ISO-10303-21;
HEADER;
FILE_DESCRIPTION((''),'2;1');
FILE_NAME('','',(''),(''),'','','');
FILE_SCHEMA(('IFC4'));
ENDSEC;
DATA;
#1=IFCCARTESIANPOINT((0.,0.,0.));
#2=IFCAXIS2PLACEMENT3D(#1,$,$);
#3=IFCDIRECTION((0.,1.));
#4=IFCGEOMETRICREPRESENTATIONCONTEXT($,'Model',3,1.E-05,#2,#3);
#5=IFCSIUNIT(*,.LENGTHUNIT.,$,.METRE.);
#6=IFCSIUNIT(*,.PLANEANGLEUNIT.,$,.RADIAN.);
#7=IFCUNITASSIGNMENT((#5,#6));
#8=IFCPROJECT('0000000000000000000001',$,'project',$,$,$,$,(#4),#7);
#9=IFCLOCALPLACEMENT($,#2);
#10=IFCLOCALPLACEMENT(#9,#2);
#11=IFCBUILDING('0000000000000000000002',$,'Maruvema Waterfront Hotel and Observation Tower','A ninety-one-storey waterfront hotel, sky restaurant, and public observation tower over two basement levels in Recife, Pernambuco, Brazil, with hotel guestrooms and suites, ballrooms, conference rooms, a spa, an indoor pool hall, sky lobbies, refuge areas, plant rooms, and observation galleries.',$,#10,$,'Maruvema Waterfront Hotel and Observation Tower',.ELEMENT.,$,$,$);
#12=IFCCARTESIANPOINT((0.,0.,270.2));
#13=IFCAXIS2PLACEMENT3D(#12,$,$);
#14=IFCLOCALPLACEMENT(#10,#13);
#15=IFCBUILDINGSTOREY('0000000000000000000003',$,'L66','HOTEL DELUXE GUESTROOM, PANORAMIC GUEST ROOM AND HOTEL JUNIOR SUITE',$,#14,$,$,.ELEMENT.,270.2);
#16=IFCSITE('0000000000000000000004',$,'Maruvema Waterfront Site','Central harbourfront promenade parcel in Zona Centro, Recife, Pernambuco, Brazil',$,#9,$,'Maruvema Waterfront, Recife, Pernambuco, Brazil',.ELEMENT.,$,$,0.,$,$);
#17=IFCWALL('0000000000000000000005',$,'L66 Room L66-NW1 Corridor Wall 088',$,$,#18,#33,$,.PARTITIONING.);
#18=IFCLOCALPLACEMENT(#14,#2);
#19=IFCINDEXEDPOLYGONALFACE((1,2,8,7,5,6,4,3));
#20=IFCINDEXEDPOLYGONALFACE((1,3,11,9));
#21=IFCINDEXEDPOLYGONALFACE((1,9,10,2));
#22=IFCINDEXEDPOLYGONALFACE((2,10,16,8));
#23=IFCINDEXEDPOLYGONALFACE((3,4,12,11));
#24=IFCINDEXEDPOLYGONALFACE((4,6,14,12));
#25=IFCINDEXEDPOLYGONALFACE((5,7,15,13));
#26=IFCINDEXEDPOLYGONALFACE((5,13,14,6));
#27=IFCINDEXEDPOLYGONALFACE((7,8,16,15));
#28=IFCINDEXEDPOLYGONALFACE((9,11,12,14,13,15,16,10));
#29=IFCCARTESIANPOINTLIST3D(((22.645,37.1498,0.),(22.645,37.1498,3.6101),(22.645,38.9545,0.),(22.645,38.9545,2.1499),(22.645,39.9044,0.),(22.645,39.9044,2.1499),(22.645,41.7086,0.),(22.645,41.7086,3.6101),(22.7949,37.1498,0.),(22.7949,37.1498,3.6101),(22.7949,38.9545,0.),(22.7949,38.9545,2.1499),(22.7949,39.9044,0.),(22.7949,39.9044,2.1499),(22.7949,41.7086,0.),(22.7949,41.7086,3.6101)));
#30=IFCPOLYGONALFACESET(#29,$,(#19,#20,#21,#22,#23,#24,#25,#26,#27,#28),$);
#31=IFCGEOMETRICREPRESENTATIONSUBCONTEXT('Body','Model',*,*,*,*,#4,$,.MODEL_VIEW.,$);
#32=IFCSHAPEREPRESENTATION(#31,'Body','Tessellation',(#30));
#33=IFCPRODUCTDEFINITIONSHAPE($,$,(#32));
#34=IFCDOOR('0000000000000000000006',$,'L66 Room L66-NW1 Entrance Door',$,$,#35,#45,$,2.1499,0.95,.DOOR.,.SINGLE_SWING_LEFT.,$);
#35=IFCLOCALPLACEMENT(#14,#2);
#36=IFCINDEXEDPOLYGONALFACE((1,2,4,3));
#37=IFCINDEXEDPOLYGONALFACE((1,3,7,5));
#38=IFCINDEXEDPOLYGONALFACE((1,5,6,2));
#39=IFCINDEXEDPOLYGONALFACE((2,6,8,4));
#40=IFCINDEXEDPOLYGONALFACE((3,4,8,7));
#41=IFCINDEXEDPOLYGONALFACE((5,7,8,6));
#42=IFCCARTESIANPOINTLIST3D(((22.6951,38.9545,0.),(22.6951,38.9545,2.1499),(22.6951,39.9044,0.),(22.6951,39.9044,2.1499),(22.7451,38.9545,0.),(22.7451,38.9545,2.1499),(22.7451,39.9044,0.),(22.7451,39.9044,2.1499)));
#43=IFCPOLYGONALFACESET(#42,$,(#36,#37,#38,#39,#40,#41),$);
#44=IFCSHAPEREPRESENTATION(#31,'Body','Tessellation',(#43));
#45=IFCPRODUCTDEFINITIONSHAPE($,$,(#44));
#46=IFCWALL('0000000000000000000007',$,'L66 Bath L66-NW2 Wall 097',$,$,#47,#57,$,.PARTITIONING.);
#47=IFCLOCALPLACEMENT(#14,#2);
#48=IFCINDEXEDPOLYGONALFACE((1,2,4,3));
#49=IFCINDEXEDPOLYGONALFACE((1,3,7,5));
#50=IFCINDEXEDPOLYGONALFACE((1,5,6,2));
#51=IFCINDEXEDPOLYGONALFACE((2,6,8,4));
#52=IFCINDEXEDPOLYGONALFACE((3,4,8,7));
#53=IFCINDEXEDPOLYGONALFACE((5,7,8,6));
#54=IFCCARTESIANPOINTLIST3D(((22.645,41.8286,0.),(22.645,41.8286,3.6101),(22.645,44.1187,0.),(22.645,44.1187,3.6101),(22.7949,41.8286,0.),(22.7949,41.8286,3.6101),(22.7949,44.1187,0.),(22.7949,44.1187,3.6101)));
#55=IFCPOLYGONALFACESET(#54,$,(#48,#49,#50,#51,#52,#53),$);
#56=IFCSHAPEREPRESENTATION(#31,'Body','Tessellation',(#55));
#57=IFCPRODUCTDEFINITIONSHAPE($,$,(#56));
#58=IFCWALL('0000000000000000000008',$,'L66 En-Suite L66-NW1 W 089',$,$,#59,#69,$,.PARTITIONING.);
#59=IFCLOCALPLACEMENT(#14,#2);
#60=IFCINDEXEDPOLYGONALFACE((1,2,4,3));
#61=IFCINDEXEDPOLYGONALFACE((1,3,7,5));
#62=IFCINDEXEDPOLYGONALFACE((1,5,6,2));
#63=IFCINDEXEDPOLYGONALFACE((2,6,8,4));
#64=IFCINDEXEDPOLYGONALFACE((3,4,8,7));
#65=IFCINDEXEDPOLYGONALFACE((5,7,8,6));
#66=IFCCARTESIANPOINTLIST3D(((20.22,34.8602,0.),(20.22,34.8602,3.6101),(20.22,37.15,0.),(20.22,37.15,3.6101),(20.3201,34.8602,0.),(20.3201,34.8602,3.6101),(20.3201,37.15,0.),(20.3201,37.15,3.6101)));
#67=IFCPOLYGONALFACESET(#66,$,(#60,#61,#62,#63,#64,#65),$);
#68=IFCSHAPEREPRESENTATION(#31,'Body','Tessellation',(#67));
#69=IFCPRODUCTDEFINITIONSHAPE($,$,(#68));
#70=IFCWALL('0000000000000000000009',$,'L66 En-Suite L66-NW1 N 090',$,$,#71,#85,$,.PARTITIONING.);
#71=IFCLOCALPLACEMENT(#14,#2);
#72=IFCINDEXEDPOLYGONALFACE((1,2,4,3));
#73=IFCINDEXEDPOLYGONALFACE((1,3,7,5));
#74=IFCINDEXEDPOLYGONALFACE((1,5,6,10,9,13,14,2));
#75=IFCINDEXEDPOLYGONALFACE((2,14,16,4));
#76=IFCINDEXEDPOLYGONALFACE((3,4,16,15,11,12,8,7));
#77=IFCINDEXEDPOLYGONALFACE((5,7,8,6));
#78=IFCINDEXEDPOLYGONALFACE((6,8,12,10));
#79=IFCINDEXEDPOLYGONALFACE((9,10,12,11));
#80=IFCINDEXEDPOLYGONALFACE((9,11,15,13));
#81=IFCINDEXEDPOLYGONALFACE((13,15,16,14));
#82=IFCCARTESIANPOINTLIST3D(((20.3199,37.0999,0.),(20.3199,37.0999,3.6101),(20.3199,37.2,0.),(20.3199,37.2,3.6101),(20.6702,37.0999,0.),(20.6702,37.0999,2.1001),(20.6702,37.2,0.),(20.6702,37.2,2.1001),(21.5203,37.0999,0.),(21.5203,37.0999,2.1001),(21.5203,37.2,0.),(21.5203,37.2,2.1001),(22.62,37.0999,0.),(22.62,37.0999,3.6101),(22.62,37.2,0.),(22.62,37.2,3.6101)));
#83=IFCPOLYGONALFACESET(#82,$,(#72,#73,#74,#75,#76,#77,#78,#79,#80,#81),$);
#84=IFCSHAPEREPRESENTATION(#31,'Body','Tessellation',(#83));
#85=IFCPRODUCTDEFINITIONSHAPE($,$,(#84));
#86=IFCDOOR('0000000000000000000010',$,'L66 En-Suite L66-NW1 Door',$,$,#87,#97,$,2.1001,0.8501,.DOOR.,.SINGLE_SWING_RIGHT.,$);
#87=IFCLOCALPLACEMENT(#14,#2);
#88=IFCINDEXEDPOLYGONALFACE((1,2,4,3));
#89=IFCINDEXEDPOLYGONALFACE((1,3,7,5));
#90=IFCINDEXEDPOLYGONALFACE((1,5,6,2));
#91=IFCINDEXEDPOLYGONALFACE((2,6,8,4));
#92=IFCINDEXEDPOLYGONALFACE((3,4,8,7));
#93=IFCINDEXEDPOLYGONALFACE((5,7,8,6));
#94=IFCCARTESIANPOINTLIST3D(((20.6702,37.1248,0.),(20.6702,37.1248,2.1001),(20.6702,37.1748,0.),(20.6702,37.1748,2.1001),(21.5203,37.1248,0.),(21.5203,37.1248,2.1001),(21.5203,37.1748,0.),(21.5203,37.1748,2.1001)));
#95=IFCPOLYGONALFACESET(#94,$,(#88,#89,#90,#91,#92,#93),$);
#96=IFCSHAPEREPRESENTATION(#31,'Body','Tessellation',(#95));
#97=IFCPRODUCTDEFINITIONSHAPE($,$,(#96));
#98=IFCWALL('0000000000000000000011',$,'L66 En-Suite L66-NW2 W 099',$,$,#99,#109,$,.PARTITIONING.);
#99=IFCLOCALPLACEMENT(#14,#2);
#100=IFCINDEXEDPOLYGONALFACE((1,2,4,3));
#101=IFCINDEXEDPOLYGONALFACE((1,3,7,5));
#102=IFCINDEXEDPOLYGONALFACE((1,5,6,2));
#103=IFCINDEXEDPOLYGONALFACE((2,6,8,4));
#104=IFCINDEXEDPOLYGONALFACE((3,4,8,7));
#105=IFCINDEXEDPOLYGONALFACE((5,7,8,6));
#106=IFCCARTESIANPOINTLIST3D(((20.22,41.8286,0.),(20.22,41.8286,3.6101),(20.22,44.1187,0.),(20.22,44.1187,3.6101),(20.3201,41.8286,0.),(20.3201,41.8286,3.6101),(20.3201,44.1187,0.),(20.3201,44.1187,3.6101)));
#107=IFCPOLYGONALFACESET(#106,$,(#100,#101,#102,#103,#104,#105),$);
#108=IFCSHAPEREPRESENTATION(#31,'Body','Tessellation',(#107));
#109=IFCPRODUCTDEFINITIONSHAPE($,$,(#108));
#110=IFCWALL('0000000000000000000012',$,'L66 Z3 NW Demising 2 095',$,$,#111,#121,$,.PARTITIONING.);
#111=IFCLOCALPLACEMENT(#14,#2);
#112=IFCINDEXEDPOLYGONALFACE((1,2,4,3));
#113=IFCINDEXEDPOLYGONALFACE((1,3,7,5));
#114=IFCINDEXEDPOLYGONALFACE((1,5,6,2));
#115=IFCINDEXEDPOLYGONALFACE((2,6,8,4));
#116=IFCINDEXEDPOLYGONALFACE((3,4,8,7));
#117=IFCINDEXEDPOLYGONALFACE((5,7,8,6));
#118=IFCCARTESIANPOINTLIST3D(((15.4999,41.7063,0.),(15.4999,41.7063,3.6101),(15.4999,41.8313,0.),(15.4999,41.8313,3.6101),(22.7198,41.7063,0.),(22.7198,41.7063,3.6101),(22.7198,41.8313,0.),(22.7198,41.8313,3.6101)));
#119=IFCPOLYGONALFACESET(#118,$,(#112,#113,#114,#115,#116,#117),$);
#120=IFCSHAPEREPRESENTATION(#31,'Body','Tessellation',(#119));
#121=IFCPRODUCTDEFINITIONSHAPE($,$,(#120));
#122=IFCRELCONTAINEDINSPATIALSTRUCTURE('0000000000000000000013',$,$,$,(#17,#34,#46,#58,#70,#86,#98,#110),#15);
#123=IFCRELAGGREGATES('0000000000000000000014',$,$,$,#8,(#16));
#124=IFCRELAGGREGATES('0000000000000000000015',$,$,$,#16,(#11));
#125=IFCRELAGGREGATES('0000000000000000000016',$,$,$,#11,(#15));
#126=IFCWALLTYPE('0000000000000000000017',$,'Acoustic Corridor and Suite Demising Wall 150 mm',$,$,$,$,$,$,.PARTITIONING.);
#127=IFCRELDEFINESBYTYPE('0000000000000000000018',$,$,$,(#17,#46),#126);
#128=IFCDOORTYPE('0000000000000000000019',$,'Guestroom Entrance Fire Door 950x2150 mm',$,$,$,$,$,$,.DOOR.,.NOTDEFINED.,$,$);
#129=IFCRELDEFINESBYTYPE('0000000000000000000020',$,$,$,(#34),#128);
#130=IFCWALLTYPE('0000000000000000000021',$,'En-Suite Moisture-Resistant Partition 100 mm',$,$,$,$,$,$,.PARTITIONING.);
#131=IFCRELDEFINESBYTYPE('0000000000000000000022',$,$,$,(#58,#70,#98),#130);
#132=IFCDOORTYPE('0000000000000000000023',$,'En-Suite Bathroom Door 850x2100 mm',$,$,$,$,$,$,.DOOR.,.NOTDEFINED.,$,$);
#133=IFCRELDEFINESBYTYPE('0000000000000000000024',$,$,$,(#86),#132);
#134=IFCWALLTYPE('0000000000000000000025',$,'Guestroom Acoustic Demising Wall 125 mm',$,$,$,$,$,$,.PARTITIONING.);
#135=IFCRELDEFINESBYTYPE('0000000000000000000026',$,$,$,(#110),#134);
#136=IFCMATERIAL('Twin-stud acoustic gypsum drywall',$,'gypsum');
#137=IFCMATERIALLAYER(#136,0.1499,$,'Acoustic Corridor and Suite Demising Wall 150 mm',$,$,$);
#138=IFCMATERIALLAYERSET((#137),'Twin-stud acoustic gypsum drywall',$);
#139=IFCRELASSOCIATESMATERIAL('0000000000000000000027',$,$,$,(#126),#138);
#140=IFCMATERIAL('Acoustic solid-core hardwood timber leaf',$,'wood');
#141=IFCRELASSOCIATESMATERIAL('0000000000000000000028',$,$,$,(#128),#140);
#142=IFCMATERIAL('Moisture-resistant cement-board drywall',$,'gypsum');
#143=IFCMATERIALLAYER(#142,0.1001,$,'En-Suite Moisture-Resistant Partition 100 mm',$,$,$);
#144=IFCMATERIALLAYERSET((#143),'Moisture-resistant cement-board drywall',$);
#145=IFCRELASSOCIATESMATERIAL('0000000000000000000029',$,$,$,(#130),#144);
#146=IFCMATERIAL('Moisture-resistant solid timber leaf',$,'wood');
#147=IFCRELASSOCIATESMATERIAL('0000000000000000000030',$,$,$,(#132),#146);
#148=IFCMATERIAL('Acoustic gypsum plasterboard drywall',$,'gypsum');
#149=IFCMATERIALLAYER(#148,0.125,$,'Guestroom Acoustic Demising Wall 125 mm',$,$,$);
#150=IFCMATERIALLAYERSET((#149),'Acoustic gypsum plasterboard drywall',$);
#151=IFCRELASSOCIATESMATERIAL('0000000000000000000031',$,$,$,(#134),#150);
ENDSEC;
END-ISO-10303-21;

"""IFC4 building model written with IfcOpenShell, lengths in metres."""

from ifc_helpers import new_model, si_unit, direction, frame, frame_2d, origin, place, context, subcontext, project, spatial, rectangle, extrude, material, layer, layer_set, type_object, element, fill, save


model = new_model("IFC4")

# Units and contexts
model_context = context("Model", 3, precision=1e-05, world=origin(), true_north=direction((0.0, 1.0)))
body_context = subcontext(model_context, "Body", "Model", "MODEL_VIEW")
ifc_project = project(units=[si_unit("LENGTHUNIT", "METRE"), si_unit("PLANEANGLEUNIT", "RADIAN")], contexts=[model_context])

# Site, building, storey
site_placement = place(None, origin())
site = spatial("IfcSite", under=ifc_project, at=site_placement, Name="Maruvema Waterfront Site", Description="Central harbourfront promenade parcel in Zona Centro, Recife, Pernambuco, Brazil", LongName="Maruvema Waterfront, Recife, Pernambuco, Brazil", CompositionType="ELEMENT", RefElevation=0.0)
building_placement = place(site_placement, origin())
building = spatial("IfcBuilding", under=site, at=building_placement, Name="Maruvema Waterfront Hotel and Observation Tower", Description="A ninety-one-storey waterfront hotel, sky restaurant, and public observation tower over two basement levels in Recife, Pernambuco, Brazil, with hotel guestrooms and suites, ballrooms, conference rooms, a spa, an indoor pool hall, sky lobbies, refuge areas, plant rooms, and observation galleries.", LongName="Maruvema Waterfront Hotel and Observation Tower", CompositionType="ELEMENT")
storey_placement = place(building_placement, frame((0.0, 0.0, 270.2)))
storey = spatial("IfcBuildingStorey", under=building, at=storey_placement, Name="L66", Description="HOTEL DELUXE GUESTROOM, PANORAMIC GUEST ROOM AND HOTEL JUNIOR SUITE", CompositionType="ELEMENT", Elevation=270.2)

# Shared definitions
ifc_material_1 = material(Name="Twin-stud acoustic gypsum drywall", Category="gypsum")
ifc_layer_1 = layer(ifc_material_1, 0.1499, Name="Acoustic Corridor and Suite Demising Wall 150 mm")
ifc_layer_set_1 = layer_set([ifc_layer_1], Name="Twin-stud acoustic gypsum drywall")
wall_type_1 = type_object("IfcWallType", Name="Acoustic Corridor and Suite Demising Wall 150 mm", PredefinedType="PARTITIONING", material=ifc_layer_set_1)

# Wall, opening, door
wall_1_placement = place(storey_placement, frame((22.72, 37.1499, 0.0), z_axis=(0.0, 0.0, 1.0), x_axis=(0.0, 1.0, 0.0)))
wall_1 = element("IfcWall", 1, at=wall_1_placement, inside=storey, type_object=wall_type_1, Name="L66 Room L66-NW1 Corridor Wall 088", PredefinedType="PARTITIONING", context=body_context, shape_type="SweptSolid", body=[
    extrude(rectangle(XDim=4.5588, YDim=0.1499, at=frame_2d((2.2793, 0.0))), origin(), (0.0, 0.0, 1.0), 3.6101),
])
opening_1_placement = place(wall_1_placement, frame((1.8044, 0.0, 0.0)))
opening_1 = element("IfcOpeningElement", 2, at=opening_1_placement, cuts=wall_1, PredefinedType="OPENING", context=body_context, shape_type="SweptSolid", body=[
    extrude(rectangle(XDim=0.95, YDim=2.1499, at=frame_2d((0.4751, 1.075))), frame((0.0, 0.085, 0.0), z_axis=(0.0, -1.0, 0.0), x_axis=(1.0, 0.0, 0.0)), (0.0, 0.0, 1.0), 0.1699),
])
ifc_material_2 = material(Name="Acoustic solid-core hardwood timber leaf", Category="wood")
door_type_1 = type_object("IfcDoorType", Name="Guestroom Entrance Fire Door 950x2150 mm", OperationType="NOTDEFINED", PredefinedType="DOOR", material=ifc_material_2)
door_1_placement = place(opening_1_placement, origin())
door_1 = element("IfcDoor", 3, at=door_1_placement, inside=storey, type_object=door_type_1, Name="L66 Room L66-NW1 Entrance Door", OperationType="SINGLE_SWING_LEFT", OverallHeight=2.1499, OverallWidth=0.95, PredefinedType="DOOR", context=body_context, shape_type="SweptSolid", body=[
    extrude(rectangle(XDim=0.95, YDim=2.1499, at=frame_2d((0.4751, 1.075))), frame((0.0, 0.0249, 0.0), z_axis=(0.0, -1.0, 0.0), x_axis=(1.0, 0.0, 0.0)), (0.0, 0.0, 1.0), 0.05),
])
fill(opening_1, door_1)

# Wall
wall_2_placement = place(storey_placement, frame((22.72, 41.8286, 0.0), z_axis=(0.0, 0.0, 1.0), x_axis=(0.0, 1.0, 0.0)))
element("IfcWall", 4, at=wall_2_placement, inside=storey, type_object=wall_type_1, Name="L66 Bath L66-NW2 Wall 097", PredefinedType="PARTITIONING", context=body_context, shape_type="SweptSolid", body=[
    extrude(rectangle(XDim=2.29, YDim=0.1499, at=frame_2d((1.145, 0.0))), origin(), (0.0, 0.0, 1.0), 3.6101),
])

# Wall
ifc_material_3 = material(Name="Moisture-resistant cement-board drywall", Category="gypsum")
ifc_layer_2 = layer(ifc_material_3, 0.1001, Name="En-Suite Moisture-Resistant Partition 100 mm")
ifc_layer_set_2 = layer_set([ifc_layer_2], Name="Moisture-resistant cement-board drywall")
wall_type_2 = type_object("IfcWallType", Name="En-Suite Moisture-Resistant Partition 100 mm", PredefinedType="PARTITIONING", material=ifc_layer_set_2)
wall_3_placement = place(storey_placement, frame((20.27, 34.8601, 0.0), z_axis=(0.0, 0.0, 1.0), x_axis=(0.0, 1.0, 0.0)))
element("IfcWall", 5, at=wall_3_placement, inside=storey, type_object=wall_type_2, Name="L66 En-Suite L66-NW1 W 089", PredefinedType="PARTITIONING", context=body_context, shape_type="SweptSolid", body=[
    extrude(rectangle(XDim=2.2898, YDim=0.1001, at=frame_2d((1.145, 0.0))), origin(), (0.0, 0.0, 1.0), 3.6101),
])

# Wall, opening, door
wall_4_placement = place(storey_placement, frame((20.3201, 37.1499, 0.0), z_axis=(0.0, 0.0, 1.0), x_axis=(1.0, 0.0, 0.0)))
wall_4 = element("IfcWall", 6, at=wall_4_placement, inside=storey, type_object=wall_type_2, Name="L66 En-Suite L66-NW1 N 090", PredefinedType="PARTITIONING", context=body_context, shape_type="SweptSolid", body=[
    extrude(rectangle(XDim=2.3, YDim=0.1001, at=frame_2d((1.1499, 0.0))), origin(), (0.0, 0.0, 1.0), 3.6101),
])
opening_2_placement = place(wall_4_placement, frame((0.3501, 0.0, 0.0)))
opening_2 = element("IfcOpeningElement", 7, at=opening_2_placement, cuts=wall_4, PredefinedType="OPENING", context=body_context, shape_type="SweptSolid", body=[
    extrude(rectangle(XDim=0.8501, YDim=2.1001, at=frame_2d((0.425, 1.05))), frame((0.0, 0.0601, 0.0), z_axis=(0.0, -1.0, 0.0), x_axis=(1.0, 0.0, 0.0)), (0.0, 0.0, 1.0), 0.1201),
])
ifc_material_4 = material(Name="Moisture-resistant solid timber leaf", Category="wood")
door_type_2 = type_object("IfcDoorType", Name="En-Suite Bathroom Door 850x2100 mm", OperationType="NOTDEFINED", PredefinedType="DOOR", material=ifc_material_4)
door_2_placement = place(opening_2_placement, origin())
door_2 = element("IfcDoor", 8, at=door_2_placement, inside=storey, type_object=door_type_2, Name="L66 En-Suite L66-NW1 Door", OperationType="SINGLE_SWING_RIGHT", OverallHeight=2.1001, OverallWidth=0.8501, PredefinedType="DOOR", context=body_context, shape_type="SweptSolid", body=[
    extrude(rectangle(XDim=0.8501, YDim=2.1001, at=frame_2d((0.425, 1.05))), frame((0.0, 0.0249, 0.0), z_axis=(0.0, -1.0, 0.0), x_axis=(1.0, 0.0, 0.0)), (0.0, 0.0, 1.0), 0.05),
])
fill(opening_2, door_2)

# Walls
wall_5_placement = place(storey_placement, frame((20.27, 41.8286, 0.0), z_axis=(0.0, 0.0, 1.0), x_axis=(0.0, 1.0, 0.0)))
element("IfcWall", 9, at=wall_5_placement, inside=storey, type_object=wall_type_2, Name="L66 En-Suite L66-NW2 W 099", PredefinedType="PARTITIONING", context=body_context, shape_type="SweptSolid", body=[
    extrude(rectangle(XDim=2.29, YDim=0.1001, at=frame_2d((1.145, 0.0))), origin(), (0.0, 0.0, 1.0), 3.6101),
])
ifc_material_5 = material(Name="Acoustic gypsum plasterboard drywall", Category="gypsum")
ifc_layer_3 = layer(ifc_material_5, 0.125, Name="Guestroom Acoustic Demising Wall 125 mm")
ifc_layer_set_3 = layer_set([ifc_layer_3], Name="Acoustic gypsum plasterboard drywall")
wall_type_3 = type_object("IfcWallType", Name="Guestroom Acoustic Demising Wall 125 mm", PredefinedType="PARTITIONING", material=ifc_layer_set_3)
wall_6_placement = place(storey_placement, frame((15.5, 41.7688, 0.0), z_axis=(0.0, 0.0, 1.0), x_axis=(1.0, 0.0, 0.0)))
element("IfcWall", 10, at=wall_6_placement, inside=storey, type_object=wall_type_3, Name="L66 Z3 NW Demising 2 095", PredefinedType="PARTITIONING", context=body_context, shape_type="SweptSolid", body=[
    extrude(rectangle(XDim=7.22, YDim=0.125, at=frame_2d((3.6099, 0.0))), origin(), (0.0, 0.0, 1.0), 3.6101),
])

save(model, "model.ifc")
